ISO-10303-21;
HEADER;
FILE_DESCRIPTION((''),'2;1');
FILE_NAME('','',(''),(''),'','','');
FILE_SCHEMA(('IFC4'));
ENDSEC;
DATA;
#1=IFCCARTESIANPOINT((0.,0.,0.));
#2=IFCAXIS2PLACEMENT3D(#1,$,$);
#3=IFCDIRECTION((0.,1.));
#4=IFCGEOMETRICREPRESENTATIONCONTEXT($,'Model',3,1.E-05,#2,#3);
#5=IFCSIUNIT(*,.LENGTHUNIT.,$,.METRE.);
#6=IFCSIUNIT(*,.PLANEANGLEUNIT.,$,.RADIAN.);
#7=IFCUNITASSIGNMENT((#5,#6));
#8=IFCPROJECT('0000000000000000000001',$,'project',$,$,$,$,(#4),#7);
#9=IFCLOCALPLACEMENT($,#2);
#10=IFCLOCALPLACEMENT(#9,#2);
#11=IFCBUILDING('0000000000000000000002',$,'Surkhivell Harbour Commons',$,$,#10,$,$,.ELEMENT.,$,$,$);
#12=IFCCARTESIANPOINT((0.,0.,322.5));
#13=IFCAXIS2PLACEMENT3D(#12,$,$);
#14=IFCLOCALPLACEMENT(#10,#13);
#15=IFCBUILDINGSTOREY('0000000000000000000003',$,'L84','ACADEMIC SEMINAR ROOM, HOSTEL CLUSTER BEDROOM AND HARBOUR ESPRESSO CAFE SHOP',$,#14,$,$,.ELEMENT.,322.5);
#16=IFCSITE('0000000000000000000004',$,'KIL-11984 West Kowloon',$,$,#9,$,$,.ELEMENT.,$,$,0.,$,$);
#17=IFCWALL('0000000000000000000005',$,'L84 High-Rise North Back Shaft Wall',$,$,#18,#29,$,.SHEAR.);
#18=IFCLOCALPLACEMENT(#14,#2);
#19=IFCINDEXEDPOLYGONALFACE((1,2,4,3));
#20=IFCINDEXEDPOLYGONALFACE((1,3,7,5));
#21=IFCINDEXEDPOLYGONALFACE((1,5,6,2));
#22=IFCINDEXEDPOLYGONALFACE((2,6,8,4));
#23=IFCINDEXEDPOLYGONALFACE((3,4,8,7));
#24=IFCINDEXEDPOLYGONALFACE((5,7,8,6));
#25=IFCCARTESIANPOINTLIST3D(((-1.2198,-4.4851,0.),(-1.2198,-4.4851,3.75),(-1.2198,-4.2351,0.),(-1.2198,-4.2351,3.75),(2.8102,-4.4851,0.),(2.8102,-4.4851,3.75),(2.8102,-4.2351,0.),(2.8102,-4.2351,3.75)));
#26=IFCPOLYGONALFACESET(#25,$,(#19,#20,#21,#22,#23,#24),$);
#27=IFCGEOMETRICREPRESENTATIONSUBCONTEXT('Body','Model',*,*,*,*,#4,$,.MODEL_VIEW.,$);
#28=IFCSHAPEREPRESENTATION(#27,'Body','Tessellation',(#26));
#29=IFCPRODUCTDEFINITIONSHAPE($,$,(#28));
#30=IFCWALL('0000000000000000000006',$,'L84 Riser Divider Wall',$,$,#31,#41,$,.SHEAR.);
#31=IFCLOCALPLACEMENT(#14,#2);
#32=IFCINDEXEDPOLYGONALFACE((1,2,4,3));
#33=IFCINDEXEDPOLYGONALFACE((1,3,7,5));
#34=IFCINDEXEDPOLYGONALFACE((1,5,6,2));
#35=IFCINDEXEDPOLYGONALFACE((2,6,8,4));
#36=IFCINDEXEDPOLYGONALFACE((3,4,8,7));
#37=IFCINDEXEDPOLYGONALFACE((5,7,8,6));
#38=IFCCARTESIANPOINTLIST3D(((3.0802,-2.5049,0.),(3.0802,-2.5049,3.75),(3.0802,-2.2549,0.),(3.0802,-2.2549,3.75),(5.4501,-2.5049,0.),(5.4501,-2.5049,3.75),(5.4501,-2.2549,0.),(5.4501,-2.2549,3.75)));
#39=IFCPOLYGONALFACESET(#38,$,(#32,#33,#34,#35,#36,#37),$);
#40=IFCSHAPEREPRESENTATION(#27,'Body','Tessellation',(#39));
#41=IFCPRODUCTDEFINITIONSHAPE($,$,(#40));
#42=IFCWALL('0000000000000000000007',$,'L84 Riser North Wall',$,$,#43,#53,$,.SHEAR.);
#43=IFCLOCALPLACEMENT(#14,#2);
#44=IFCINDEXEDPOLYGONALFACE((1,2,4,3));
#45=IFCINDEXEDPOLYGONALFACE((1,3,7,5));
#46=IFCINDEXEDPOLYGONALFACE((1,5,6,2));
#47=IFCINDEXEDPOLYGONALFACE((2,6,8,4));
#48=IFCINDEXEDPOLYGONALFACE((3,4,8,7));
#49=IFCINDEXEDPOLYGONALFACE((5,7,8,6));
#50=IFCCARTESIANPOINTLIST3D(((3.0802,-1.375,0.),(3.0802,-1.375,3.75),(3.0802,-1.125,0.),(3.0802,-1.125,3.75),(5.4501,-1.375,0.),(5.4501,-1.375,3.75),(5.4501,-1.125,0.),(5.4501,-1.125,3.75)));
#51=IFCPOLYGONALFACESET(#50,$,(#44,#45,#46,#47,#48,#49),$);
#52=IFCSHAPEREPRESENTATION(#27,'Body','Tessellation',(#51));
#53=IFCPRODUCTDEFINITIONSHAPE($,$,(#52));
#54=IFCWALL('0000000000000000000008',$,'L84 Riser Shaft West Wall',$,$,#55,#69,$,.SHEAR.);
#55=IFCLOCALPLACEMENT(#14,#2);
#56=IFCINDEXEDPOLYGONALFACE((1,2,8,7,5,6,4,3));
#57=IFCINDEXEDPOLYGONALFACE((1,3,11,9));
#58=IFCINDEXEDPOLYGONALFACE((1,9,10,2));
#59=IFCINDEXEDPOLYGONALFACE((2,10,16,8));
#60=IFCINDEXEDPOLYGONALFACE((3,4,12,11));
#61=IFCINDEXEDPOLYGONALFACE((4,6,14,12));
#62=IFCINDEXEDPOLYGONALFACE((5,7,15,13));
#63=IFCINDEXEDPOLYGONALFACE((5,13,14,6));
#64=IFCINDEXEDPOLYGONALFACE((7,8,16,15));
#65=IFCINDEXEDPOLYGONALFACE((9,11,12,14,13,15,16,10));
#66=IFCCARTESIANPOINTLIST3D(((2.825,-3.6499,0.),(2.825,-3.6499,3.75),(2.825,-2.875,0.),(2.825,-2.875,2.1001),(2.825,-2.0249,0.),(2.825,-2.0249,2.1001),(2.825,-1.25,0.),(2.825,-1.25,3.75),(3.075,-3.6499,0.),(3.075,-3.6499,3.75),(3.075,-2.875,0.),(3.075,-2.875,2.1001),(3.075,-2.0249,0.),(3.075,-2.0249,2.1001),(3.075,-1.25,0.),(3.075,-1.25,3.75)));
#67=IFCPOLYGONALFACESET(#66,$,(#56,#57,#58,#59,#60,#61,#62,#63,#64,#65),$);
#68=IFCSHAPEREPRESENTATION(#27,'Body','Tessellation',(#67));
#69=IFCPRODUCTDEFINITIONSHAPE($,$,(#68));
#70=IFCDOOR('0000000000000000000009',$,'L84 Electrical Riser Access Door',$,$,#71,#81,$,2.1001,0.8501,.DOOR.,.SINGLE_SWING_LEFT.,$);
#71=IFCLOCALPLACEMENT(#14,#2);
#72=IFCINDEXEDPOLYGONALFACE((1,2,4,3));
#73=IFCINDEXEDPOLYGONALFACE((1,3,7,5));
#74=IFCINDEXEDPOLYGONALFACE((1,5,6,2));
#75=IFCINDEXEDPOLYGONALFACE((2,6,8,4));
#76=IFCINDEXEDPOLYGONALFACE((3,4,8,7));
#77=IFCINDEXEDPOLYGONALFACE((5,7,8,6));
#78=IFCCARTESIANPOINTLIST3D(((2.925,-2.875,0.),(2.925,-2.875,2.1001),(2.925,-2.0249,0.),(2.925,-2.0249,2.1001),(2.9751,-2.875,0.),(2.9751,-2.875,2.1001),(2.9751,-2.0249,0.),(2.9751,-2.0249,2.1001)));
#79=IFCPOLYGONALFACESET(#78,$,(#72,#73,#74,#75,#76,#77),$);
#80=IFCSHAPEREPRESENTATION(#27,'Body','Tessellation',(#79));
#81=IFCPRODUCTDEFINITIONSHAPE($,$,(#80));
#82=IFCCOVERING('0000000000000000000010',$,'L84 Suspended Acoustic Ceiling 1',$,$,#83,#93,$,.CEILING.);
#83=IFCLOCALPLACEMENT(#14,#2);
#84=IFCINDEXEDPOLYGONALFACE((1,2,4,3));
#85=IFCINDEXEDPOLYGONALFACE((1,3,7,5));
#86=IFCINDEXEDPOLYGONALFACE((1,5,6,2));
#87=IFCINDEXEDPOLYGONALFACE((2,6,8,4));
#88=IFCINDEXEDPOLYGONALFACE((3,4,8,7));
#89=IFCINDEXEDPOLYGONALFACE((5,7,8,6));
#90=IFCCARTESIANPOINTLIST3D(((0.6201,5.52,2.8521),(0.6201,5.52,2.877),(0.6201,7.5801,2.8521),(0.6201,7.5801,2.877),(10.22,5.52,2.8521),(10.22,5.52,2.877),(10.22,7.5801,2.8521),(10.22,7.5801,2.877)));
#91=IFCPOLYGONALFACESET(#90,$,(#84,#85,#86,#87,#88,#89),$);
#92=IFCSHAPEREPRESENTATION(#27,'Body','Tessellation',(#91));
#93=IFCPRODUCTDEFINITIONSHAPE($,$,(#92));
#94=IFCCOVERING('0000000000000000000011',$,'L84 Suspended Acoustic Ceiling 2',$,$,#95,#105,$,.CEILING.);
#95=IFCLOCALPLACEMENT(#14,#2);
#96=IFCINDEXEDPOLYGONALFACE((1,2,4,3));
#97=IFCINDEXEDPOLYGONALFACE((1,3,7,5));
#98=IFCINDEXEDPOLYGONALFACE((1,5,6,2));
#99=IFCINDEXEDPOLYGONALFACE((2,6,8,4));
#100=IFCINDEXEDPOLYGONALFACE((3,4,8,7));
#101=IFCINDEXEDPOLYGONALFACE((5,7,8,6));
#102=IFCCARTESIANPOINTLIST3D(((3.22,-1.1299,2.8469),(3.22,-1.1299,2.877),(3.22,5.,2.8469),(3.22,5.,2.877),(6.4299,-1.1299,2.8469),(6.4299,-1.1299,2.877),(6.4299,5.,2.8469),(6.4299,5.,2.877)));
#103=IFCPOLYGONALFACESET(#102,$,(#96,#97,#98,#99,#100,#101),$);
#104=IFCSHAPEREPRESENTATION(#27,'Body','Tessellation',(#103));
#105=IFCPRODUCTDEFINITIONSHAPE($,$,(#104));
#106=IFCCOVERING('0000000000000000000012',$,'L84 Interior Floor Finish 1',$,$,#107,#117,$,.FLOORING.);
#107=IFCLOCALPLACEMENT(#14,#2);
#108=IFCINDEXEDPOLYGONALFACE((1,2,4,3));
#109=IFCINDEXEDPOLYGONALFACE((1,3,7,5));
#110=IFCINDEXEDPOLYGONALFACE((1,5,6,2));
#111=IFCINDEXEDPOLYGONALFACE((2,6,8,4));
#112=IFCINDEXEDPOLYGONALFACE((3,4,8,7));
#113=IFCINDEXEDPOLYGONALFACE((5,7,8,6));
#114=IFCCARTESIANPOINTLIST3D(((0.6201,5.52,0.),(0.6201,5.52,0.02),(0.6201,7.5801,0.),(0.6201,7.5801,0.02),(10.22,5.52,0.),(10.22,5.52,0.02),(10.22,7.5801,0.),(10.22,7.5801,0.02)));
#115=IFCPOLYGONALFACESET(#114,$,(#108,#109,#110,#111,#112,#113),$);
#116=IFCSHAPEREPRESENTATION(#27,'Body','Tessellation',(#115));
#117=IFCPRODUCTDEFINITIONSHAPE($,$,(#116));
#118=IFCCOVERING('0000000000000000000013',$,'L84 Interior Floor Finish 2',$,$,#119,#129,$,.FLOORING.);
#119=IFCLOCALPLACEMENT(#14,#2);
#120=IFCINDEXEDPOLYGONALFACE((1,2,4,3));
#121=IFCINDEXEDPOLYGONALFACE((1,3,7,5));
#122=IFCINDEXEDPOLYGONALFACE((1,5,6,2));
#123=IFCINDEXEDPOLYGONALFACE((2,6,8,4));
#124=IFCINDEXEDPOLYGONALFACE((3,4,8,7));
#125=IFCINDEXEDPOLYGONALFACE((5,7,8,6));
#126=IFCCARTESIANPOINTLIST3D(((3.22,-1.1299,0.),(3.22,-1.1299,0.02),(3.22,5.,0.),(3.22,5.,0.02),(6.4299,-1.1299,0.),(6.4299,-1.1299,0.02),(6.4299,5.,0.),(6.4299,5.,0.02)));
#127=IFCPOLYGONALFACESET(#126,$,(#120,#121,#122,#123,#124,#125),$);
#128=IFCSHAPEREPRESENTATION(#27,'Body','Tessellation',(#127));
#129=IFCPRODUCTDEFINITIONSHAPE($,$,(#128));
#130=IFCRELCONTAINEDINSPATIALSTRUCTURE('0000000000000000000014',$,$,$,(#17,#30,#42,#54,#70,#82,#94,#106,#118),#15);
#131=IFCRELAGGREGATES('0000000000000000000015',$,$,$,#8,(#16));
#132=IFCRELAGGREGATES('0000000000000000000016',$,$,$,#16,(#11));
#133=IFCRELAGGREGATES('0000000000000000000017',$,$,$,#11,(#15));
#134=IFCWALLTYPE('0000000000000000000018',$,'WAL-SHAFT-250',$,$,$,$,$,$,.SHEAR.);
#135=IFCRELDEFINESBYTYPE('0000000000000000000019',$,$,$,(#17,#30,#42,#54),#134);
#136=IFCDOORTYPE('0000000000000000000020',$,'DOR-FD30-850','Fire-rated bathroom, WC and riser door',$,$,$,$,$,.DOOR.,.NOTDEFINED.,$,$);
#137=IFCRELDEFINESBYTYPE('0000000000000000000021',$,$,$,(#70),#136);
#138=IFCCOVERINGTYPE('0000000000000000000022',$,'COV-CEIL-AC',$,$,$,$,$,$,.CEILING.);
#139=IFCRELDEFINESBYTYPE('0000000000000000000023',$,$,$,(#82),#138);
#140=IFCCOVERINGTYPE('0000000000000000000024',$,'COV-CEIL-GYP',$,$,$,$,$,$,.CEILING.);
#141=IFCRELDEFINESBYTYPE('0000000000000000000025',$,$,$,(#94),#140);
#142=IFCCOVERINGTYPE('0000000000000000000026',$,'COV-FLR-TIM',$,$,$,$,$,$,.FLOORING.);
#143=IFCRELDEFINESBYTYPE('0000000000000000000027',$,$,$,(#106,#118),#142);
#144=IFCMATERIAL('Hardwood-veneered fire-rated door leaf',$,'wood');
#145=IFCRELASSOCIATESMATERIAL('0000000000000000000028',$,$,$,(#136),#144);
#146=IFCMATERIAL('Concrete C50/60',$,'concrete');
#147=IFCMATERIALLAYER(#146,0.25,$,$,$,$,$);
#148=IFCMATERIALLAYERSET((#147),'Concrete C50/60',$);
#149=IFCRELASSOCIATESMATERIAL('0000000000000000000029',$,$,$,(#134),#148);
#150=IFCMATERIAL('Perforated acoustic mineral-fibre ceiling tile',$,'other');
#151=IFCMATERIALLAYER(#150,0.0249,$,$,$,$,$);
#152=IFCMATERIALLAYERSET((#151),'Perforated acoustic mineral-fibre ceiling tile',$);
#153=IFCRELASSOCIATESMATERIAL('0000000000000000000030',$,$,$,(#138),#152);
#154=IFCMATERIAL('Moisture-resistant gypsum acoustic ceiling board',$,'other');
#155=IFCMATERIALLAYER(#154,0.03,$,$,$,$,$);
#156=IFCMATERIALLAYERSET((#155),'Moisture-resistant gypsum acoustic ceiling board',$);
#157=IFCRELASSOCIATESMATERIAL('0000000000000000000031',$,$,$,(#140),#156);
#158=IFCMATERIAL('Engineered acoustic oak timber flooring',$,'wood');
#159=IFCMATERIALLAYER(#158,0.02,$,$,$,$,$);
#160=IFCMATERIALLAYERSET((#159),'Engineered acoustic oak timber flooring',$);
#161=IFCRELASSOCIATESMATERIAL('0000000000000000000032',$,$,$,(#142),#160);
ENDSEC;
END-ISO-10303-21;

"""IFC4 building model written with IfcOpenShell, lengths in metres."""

from ifc_helpers import new_model, si_unit, direction, frame, frame_2d, origin, place, context, subcontext, project, spatial, polyline, rectangle, outline, extrude, material, layer, layer_set, type_object, element, fill, save


model = new_model("IFC4")

# Units and contexts
model_context = context("Model", 3, precision=1e-05, world=origin(), true_north=direction((0.0, 1.0)))
body_context = subcontext(model_context, "Body", "Model", "MODEL_VIEW")
ifc_project = project(units=[si_unit("LENGTHUNIT", "METRE"), si_unit("PLANEANGLEUNIT", "RADIAN")], contexts=[model_context])

# Site, building, storey
site_placement = place(None, origin())
site = spatial("IfcSite", under=ifc_project, at=site_placement, Name="KIL-11984 West Kowloon", CompositionType="ELEMENT", RefElevation=0.0)
building_placement = place(site_placement, origin())
building = spatial("IfcBuilding", under=site, at=building_placement, Name="Surkhivell Harbour Commons", CompositionType="ELEMENT")
storey_placement = place(building_placement, frame((0.0, 0.0, 322.5)))
storey = spatial("IfcBuildingStorey", under=building, at=storey_placement, Name="L84", Description="ACADEMIC SEMINAR ROOM, HOSTEL CLUSTER BEDROOM AND HARBOUR ESPRESSO CAFE SHOP", CompositionType="ELEMENT", Elevation=322.5)

# Shared definitions
ifc_material_1 = material(Name="Hardwood-veneered fire-rated door leaf", Category="wood")
door_type_1 = type_object("IfcDoorType", Name="DOR-FD30-850", Description="Fire-rated bathroom, WC and riser door", OperationType="NOTDEFINED", PredefinedType="DOOR", material=ifc_material_1)

# Shared definitions
ifc_material_2 = material(Name="Concrete C50/60", Category="concrete")
ifc_layer_1 = layer(ifc_material_2, 0.25)
ifc_layer_set_1 = layer_set([ifc_layer_1], Name="Concrete C50/60")
wall_type_1 = type_object("IfcWallType", Name="WAL-SHAFT-250", PredefinedType="SHEAR", material=ifc_layer_set_1)

# Walls
wall_1_placement = place(storey_placement, frame((-1.22, -4.3601, 0.0), z_axis=(0.0, 0.0, 1.0), x_axis=(1.0, 0.0, 0.0)))
element("IfcWall", 1, at=wall_1_placement, inside=storey, type_object=wall_type_1, Name="L84 High-Rise North Back Shaft Wall", PredefinedType="SHEAR", context=body_context, shape_type="SweptSolid", body=[
    extrude(rectangle(XDim=4.03, YDim=0.25, at=frame_2d((2.0151, 0.0))), origin(), (0.0, 0.0, 1.0), 3.75),
])
for number, where, z_axis, x_axis, name in (
    (2, (3.0801, -2.3799, 0.0), (0.0, 0.0, 1.0), (1.0, 0.0, 0.0), "L84 Riser Divider Wall"),
    (3, (3.0801, -1.25, 0.0), (0.0, 0.0, 1.0), (1.0, 0.0, 0.0), "L84 Riser North Wall"),
):
    element("IfcWall", number, at=place(storey_placement, frame(where, z_axis=z_axis, x_axis=x_axis)), inside=storey, type_object=wall_type_1, Name=name, PredefinedType="SHEAR", context=body_context, shape_type="SweptSolid", body=[
        extrude(rectangle(XDim=2.3699, YDim=0.25, at=frame_2d((1.1851, 0.0))), origin(), (0.0, 0.0, 1.0), 3.75),
    ])

# Wall, opening, door
wall_2_placement = place(storey_placement, frame((2.95, -3.6499, 0.0), z_axis=(0.0, 0.0, 1.0), x_axis=(0.0, 1.0, 0.0)))
wall_2 = element("IfcWall", 4, at=wall_2_placement, inside=storey, type_object=wall_type_1, Name="L84 Riser Shaft West Wall", PredefinedType="SHEAR", context=body_context, shape_type="SweptSolid", body=[
    extrude(rectangle(XDim=2.3999, YDim=0.25, at=frame_2d((1.2, 0.0))), origin(), (0.0, 0.0, 1.0), 3.75),
])
opening_1_placement = place(wall_2_placement, frame((0.7749, 0.0, 0.0)))
opening_1 = element("IfcOpeningElement", 5, at=opening_1_placement, cuts=wall_2, PredefinedType="OPENING", context=body_context, shape_type="SweptSolid", body=[
    extrude(rectangle(XDim=0.8501, YDim=2.1001, at=frame_2d((0.425, 1.05))), frame((0.0, 0.135, 0.0), z_axis=(0.0, -1.0, 0.0), x_axis=(1.0, 0.0, 0.0)), (0.0, 0.0, 1.0), 0.27),
])
door_1_placement = place(opening_1_placement, origin())
door_1 = element("IfcDoor", 6, at=door_1_placement, inside=storey, type_object=door_type_1, Name="L84 Electrical Riser Access Door", OperationType="SINGLE_SWING_LEFT", OverallHeight=2.1001, OverallWidth=0.8501, PredefinedType="DOOR", context=body_context, shape_type="SweptSolid", body=[
    extrude(rectangle(XDim=0.8501, YDim=2.1001, at=frame_2d((0.425, 1.05))), frame((0.0, 0.0249, 0.0), z_axis=(0.0, -1.0, 0.0), x_axis=(1.0, 0.0, 0.0)), (0.0, 0.0, 1.0), 0.05),
])
fill(opening_1, door_1)

# Coverings
ifc_material_3 = material(Name="Perforated acoustic mineral-fibre ceiling tile", Category="other")
ifc_layer_2 = layer(ifc_material_3, 0.0249)
ifc_layer_set_2 = layer_set([ifc_layer_2], Name="Perforated acoustic mineral-fibre ceiling tile")
covering_type_1 = type_object("IfcCoveringType", Name="COV-CEIL-AC", PredefinedType="CEILING", material=ifc_layer_set_2)
covering_1_placement = place(storey_placement, frame((0.0, 0.0, 2.8521)))
element("IfcCovering", 7, at=covering_1_placement, inside=storey, type_object=covering_type_1, Name="L84 Suspended Acoustic Ceiling 1", PredefinedType="CEILING", context=body_context, shape_type="SweptSolid", body=[
    extrude(outline(polyline([(0.6201, 5.52), (10.22, 5.52), (10.22, 7.5801), (0.6201, 7.5801), (0.6201, 5.52)])), origin(), (0.0, 0.0, 1.0), 0.0249),
])
ifc_material_4 = material(Name="Moisture-resistant gypsum acoustic ceiling board", Category="other")
ifc_layer_3 = layer(ifc_material_4, 0.03)
ifc_layer_set_3 = layer_set([ifc_layer_3], Name="Moisture-resistant gypsum acoustic ceiling board")
covering_type_2 = type_object("IfcCoveringType", Name="COV-CEIL-GYP", PredefinedType="CEILING", material=ifc_layer_set_3)
covering_2_placement = place(storey_placement, frame((0.0, 0.0, 2.8469)))
element("IfcCovering", 8, at=covering_2_placement, inside=storey, type_object=covering_type_2, Name="L84 Suspended Acoustic Ceiling 2", PredefinedType="CEILING", context=body_context, shape_type="SweptSolid", body=[
    extrude(outline(polyline([(3.22, -1.1299), (6.4299, -1.1299), (6.4299, 5.0), (3.22, 5.0), (3.22, -1.1299)])), origin(), (0.0, 0.0, 1.0), 0.03),
])
ifc_material_5 = material(Name="Engineered acoustic oak timber flooring", Category="wood")
ifc_layer_4 = layer(ifc_material_5, 0.02)
ifc_layer_set_4 = layer_set([ifc_layer_4], Name="Engineered acoustic oak timber flooring")
covering_type_3 = type_object("IfcCoveringType", Name="COV-FLR-TIM", PredefinedType="FLOORING", material=ifc_layer_set_4)
covering_3_placement = place(storey_placement, origin())
element("IfcCovering", 9, at=covering_3_placement, inside=storey, type_object=covering_type_3, Name="L84 Interior Floor Finish 1", PredefinedType="FLOORING", context=body_context, shape_type="SweptSolid", body=[
    extrude(outline(polyline([(0.6201, 5.52), (10.22, 5.52), (10.22, 7.5801), (0.6201, 7.5801), (0.6201, 5.52)])), origin(), (0.0, 0.0, 1.0), 0.02),
])
covering_4_placement = place(storey_placement, origin())
element("IfcCovering", 10, at=covering_4_placement, inside=storey, type_object=covering_type_3, Name="L84 Interior Floor Finish 2", PredefinedType="FLOORING", context=body_context, shape_type="SweptSolid", body=[
    extrude(outline(polyline([(3.22, -1.1299), (6.4299, -1.1299), (6.4299, 5.0), (3.22, 5.0), (3.22, -1.1299)])), origin(), (0.0, 0.0, 1.0), 0.02),
])

save(model, "model.ifc")
